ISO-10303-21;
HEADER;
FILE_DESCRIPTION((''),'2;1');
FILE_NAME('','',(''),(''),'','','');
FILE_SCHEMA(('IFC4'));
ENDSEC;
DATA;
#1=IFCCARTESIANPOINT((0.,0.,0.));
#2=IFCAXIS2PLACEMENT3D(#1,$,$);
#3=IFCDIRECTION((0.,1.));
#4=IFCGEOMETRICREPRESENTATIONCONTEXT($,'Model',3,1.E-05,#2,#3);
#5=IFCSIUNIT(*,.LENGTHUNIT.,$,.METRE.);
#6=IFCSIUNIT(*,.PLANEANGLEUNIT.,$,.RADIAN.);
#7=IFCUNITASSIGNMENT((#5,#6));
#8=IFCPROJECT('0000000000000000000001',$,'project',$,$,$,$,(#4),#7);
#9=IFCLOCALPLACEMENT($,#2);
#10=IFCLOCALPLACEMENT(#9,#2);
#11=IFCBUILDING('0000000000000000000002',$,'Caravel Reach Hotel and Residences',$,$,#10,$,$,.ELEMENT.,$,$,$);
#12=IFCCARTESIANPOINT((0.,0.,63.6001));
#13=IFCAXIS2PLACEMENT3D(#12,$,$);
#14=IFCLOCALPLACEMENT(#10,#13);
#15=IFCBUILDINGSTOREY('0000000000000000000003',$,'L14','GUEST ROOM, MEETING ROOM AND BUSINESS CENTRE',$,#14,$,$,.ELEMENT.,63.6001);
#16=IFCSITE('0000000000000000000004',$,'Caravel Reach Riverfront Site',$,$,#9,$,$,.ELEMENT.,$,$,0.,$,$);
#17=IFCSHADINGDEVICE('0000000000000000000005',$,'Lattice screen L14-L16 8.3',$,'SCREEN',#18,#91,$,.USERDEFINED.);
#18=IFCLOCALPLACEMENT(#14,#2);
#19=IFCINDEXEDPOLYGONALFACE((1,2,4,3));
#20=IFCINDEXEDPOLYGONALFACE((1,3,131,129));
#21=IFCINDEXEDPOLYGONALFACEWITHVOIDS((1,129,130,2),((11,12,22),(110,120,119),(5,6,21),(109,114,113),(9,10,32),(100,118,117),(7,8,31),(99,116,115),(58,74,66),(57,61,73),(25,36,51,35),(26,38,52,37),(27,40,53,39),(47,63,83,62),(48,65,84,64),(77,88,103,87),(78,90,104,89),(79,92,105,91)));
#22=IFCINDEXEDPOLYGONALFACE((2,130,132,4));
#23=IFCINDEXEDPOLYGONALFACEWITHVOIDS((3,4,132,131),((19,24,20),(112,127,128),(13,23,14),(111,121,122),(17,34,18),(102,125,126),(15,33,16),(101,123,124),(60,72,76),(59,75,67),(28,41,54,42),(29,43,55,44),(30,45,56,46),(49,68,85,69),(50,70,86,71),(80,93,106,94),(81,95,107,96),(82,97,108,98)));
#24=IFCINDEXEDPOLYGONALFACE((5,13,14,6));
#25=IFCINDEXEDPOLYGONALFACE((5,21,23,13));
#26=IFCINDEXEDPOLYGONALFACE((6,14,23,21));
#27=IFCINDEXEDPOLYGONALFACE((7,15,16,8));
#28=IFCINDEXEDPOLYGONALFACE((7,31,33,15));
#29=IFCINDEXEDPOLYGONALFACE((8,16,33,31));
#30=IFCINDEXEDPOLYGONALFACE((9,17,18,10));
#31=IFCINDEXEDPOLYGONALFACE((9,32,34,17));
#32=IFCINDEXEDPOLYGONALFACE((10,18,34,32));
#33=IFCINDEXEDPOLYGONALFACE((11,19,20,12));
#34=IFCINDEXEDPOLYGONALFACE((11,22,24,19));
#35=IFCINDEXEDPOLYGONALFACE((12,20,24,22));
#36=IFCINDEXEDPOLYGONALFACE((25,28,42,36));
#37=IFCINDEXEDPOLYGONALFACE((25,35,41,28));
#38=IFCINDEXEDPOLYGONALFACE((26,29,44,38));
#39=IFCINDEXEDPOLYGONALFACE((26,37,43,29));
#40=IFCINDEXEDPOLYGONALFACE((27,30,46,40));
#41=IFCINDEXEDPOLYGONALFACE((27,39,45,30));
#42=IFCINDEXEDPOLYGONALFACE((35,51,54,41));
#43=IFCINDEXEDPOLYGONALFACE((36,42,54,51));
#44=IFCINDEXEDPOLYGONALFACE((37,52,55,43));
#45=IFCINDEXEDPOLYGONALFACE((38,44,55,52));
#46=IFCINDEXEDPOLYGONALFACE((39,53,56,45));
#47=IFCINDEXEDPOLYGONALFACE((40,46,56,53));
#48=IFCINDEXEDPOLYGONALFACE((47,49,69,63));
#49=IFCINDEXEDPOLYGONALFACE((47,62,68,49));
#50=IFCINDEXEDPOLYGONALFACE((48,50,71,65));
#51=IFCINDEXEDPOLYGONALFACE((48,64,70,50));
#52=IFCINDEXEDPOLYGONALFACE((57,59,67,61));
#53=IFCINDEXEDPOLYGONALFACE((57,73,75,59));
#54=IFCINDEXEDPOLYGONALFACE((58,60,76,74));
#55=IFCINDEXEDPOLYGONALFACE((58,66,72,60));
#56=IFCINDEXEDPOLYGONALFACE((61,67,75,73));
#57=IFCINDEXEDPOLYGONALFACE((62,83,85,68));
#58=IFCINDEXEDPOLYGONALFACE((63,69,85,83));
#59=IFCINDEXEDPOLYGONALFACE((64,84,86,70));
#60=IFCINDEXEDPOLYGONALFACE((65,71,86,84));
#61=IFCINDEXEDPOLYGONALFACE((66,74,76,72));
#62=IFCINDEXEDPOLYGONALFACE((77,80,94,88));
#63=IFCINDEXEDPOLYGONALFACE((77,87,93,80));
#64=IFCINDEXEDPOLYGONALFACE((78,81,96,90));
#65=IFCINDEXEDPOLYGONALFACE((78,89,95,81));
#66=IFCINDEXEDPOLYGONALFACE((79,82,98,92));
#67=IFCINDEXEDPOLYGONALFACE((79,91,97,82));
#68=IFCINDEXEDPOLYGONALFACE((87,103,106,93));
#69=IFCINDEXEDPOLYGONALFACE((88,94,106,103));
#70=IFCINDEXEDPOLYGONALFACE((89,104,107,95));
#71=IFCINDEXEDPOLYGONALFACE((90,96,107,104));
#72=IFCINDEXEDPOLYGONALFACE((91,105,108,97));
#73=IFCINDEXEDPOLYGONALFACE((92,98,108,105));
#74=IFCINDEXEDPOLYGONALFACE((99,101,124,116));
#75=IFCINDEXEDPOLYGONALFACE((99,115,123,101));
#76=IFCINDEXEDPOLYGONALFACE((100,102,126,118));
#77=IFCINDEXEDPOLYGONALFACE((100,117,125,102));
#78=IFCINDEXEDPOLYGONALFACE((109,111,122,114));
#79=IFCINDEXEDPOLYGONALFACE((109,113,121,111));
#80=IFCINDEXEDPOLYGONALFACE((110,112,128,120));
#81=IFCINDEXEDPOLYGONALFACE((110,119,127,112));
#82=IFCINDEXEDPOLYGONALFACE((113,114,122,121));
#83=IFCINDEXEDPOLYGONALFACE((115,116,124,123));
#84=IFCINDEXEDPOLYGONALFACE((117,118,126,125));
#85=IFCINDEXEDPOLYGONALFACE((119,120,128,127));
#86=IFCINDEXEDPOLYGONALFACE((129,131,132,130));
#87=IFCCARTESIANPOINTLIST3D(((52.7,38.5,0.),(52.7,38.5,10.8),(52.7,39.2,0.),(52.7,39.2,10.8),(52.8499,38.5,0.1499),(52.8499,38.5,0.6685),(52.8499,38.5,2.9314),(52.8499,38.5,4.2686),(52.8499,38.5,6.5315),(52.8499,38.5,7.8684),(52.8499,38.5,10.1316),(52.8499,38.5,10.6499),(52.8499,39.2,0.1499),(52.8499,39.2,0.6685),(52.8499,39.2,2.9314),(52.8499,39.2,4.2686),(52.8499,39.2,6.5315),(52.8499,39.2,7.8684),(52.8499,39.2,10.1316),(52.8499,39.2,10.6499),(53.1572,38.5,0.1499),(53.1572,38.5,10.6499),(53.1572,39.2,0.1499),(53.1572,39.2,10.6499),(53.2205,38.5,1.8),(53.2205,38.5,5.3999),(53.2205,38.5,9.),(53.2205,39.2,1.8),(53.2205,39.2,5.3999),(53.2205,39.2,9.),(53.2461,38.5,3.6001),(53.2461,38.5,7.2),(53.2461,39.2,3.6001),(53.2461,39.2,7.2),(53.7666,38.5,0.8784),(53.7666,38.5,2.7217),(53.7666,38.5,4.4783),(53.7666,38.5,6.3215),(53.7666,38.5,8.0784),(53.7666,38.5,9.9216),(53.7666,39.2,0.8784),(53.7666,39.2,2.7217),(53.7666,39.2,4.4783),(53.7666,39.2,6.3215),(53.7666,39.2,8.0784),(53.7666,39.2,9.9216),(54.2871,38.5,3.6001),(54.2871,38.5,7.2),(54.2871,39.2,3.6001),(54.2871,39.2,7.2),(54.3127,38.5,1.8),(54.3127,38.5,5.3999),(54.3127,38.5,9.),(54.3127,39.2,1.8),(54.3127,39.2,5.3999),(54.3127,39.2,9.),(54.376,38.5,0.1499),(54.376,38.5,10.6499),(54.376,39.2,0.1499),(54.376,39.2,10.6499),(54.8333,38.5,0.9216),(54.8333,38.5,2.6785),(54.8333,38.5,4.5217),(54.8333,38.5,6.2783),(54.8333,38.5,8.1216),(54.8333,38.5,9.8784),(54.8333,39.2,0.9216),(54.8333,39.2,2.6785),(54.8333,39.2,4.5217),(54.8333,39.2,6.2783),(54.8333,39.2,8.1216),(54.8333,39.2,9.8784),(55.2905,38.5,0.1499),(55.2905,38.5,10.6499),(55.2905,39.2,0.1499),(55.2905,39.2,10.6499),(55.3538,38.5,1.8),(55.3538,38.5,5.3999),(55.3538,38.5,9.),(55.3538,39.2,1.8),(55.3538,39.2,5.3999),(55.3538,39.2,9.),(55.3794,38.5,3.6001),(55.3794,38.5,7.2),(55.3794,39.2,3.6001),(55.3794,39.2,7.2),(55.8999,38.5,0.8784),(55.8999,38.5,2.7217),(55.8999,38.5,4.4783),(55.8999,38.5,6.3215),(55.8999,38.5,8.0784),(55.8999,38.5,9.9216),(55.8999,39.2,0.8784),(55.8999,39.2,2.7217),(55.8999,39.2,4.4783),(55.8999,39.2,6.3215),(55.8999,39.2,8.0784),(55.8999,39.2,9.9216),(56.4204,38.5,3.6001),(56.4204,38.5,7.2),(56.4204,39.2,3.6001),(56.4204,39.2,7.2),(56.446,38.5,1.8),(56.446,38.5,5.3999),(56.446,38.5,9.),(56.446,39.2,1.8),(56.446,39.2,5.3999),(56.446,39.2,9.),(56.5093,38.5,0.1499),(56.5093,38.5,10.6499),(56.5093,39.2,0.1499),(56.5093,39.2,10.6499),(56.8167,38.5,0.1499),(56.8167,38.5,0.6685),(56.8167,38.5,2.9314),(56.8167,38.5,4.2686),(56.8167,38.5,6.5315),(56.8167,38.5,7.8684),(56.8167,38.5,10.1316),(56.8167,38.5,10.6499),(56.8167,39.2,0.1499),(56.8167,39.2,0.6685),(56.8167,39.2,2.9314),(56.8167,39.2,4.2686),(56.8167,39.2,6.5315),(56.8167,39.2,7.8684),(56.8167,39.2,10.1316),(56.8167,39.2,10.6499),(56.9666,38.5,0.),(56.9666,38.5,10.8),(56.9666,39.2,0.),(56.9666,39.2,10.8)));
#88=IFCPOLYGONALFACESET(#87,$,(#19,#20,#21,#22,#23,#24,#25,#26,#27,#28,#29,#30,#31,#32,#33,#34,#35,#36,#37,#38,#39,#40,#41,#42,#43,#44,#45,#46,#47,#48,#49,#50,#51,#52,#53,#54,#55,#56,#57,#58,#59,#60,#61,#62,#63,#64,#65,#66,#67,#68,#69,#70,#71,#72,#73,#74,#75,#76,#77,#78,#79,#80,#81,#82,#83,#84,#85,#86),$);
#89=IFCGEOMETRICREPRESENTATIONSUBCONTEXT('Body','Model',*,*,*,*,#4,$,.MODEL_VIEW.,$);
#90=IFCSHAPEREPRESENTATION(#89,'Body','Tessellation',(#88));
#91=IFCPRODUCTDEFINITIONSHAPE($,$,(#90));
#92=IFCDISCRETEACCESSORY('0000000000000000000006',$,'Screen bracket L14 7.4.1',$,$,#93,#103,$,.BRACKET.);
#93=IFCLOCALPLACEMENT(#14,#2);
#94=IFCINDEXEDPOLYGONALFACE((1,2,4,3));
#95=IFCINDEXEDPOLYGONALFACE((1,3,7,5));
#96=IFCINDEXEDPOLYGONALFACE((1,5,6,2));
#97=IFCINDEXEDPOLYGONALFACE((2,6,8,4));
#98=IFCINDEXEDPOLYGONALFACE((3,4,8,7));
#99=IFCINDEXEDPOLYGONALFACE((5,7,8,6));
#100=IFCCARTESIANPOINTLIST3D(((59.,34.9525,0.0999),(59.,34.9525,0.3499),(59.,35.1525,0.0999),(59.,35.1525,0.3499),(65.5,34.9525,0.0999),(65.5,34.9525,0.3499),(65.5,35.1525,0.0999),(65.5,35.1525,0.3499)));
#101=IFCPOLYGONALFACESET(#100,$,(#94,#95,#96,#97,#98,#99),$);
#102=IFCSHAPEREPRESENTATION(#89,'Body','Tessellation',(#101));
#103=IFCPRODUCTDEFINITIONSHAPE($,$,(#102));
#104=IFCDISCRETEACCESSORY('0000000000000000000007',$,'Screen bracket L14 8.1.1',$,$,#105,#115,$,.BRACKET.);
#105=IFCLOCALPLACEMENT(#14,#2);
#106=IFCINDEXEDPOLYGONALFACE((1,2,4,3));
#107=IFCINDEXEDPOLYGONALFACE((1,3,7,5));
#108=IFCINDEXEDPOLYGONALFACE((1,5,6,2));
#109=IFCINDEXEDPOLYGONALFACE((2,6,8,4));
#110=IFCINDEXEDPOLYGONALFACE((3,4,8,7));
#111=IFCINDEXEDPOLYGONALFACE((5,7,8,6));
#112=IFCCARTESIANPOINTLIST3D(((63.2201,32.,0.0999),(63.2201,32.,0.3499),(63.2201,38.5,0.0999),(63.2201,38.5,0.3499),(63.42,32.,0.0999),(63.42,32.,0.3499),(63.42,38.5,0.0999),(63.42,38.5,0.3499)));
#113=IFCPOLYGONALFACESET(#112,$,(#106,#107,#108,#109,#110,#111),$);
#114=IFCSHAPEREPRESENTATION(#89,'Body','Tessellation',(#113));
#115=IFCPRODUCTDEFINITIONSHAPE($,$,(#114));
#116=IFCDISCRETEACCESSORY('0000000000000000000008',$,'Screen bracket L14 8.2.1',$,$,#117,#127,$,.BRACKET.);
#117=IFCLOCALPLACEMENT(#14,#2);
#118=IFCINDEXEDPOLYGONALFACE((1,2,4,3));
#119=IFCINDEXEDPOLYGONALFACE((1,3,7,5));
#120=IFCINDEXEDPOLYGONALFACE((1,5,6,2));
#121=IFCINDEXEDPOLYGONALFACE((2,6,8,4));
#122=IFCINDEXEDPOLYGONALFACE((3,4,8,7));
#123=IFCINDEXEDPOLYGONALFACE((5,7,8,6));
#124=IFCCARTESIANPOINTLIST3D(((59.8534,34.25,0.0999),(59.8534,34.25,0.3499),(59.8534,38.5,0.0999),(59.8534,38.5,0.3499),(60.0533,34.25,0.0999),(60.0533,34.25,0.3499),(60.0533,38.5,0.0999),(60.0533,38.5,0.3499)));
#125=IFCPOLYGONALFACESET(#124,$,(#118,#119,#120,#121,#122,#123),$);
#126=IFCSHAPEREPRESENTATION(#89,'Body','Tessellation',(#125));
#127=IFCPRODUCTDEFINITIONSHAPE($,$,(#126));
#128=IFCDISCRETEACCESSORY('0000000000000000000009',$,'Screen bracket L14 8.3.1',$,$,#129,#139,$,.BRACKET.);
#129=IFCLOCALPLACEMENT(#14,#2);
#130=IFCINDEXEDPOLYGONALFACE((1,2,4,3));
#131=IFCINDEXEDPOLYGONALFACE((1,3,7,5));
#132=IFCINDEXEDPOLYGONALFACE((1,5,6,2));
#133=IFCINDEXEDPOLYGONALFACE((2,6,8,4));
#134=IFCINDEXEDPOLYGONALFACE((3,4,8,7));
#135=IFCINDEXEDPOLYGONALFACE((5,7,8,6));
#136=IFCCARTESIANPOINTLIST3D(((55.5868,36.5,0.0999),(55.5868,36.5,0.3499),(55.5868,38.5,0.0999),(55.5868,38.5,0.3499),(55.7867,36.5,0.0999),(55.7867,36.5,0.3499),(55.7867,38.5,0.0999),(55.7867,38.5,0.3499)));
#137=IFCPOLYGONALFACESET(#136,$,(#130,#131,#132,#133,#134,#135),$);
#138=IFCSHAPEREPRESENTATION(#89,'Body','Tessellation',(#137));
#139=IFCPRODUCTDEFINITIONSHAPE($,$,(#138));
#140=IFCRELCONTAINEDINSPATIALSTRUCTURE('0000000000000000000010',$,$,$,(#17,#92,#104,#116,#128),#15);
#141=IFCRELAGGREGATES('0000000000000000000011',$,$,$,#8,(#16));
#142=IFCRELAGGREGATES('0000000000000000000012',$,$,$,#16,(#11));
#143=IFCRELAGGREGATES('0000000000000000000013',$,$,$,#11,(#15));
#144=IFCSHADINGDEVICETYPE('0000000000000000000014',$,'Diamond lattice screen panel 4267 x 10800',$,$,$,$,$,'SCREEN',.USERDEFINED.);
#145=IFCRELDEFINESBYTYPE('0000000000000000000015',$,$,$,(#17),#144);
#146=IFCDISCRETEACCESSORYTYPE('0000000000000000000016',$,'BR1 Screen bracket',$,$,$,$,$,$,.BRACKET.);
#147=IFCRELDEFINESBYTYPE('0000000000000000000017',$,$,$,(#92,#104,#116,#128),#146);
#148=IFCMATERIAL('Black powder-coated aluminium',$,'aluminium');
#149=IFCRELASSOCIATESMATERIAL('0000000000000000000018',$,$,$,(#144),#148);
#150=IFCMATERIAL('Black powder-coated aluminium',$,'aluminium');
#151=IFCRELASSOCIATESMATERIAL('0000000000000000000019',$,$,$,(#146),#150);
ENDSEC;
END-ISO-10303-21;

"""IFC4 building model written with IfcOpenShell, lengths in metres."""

from ifc_helpers import new_model, si_unit, direction, frame, origin, origin_2d, place, context, subcontext, project, spatial, polyline, rectangle, outline, extrude, material, type_object, element, save


model = new_model("IFC4")

# Units and contexts
model_context = context("Model", 3, precision=1e-05, world=origin(), true_north=direction((0.0, 1.0)))
body_context = subcontext(model_context, "Body", "Model", "MODEL_VIEW")
ifc_project = project(units=[si_unit("LENGTHUNIT", "METRE"), si_unit("PLANEANGLEUNIT", "RADIAN")], contexts=[model_context])

# Site, building, storey
site_placement = place(None, origin())
site = spatial("IfcSite", under=ifc_project, at=site_placement, Name="Caravel Reach Riverfront Site", CompositionType="ELEMENT", RefElevation=0.0)
building_placement = place(site_placement, origin())
building = spatial("IfcBuilding", under=site, at=building_placement, Name="Caravel Reach Hotel and Residences", CompositionType="ELEMENT")
storey_placement = place(building_placement, frame((0.0, 0.0, 63.6001)))
storey = spatial("IfcBuildingStorey", under=building, at=storey_placement, Name="L14", Description="GUEST ROOM, MEETING ROOM AND BUSINESS CENTRE", CompositionType="ELEMENT", Elevation=63.6001)

# Shading device
ifc_material_1 = material(Name="Black powder-coated aluminium", Category="aluminium")
shading_device_type_1 = type_object("IfcShadingDeviceType", Name="Diamond lattice screen panel 4267 x 10800", ElementType="SCREEN", PredefinedType="USERDEFINED", material=ifc_material_1)
shading_device_1_placement = place(storey_placement, frame((56.9666, 38.5, 0.0), z_axis=(0.0, 1.0, 0.0), x_axis=(-1.0, 0.0, 0.0)))
element("IfcShadingDevice", 1, at=shading_device_1_placement, inside=storey, type_object=shading_device_type_1, Name="Lattice screen L14-L16 8.3", ObjectType="SCREEN", PredefinedType="USERDEFINED", context=body_context, shape_type="SweptSolid", body=[
    extrude(outline(polyline([(0.0, 0.0), (4.2666, 0.0), (4.2666, 10.8), (0.0, 10.8), (0.0, 0.0)]), holes=[polyline([(0.4573, 0.1499), (0.1499, 0.6685), (0.1499, 0.1499), (0.4573, 0.1499)]), polyline([(0.5461, 3.6001), (0.1499, 4.2686), (0.1499, 2.9314), (0.5461, 3.6001)]), polyline([(0.5461, 7.2), (0.1499, 7.8684), (0.1499, 6.5315), (0.5461, 7.2)]), polyline([(0.1499, 10.1316), (0.4573, 10.6499), (0.1499, 10.6499), (0.1499, 10.1316)]), polyline([(1.0667, 2.7217), (0.5205, 1.8), (1.0667, 0.8784), (1.6128, 1.8), (1.0667, 2.7217)]), polyline([(1.0667, 6.3215), (0.5205, 5.3999), (1.0667, 4.4783), (1.6128, 5.3999), (1.0667, 6.3215)]), polyline([(1.0667, 9.9216), (0.5205, 9.0), (1.0667, 8.0784), (1.6128, 9.0), (1.0667, 9.9216)]), polyline([(2.1333, 0.9216), (1.676, 0.1499), (2.5906, 0.1499), (2.1333, 0.9216)]), polyline([(2.1333, 4.5217), (1.5872, 3.6001), (2.1333, 2.6785), (2.6794, 3.6001), (2.1333, 4.5217)]), polyline([(2.1333, 8.1216), (1.5872, 7.2), (2.1333, 6.2783), (2.6794, 7.2), (2.1333, 8.1216)]), polyline([(2.1333, 9.8784), (2.5906, 10.6499), (1.676, 10.6499), (2.1333, 9.8784)]), polyline([(3.2, 2.7217), (2.6538, 1.8), (3.2, 0.8784), (3.7461, 1.8), (3.2, 2.7217)]), polyline([(3.2, 6.3215), (2.6538, 5.3999), (3.2, 4.4783), (3.7461, 5.3999), (3.2, 6.3215)]), polyline([(3.2, 9.9216), (2.6538, 9.0), (3.2, 8.0784), (3.7461, 9.0), (3.2, 9.9216)]), polyline([(4.1167, 0.6685), (3.8093, 0.1499), (4.1167, 0.1499), (4.1167, 0.6685)]), polyline([(3.7205, 3.6001), (4.1167, 2.9314), (4.1167, 4.2686), (3.7205, 3.6001)]), polyline([(3.7205, 7.2), (4.1167, 6.5315), (4.1167, 7.8684), (3.7205, 7.2)]), polyline([(3.8093, 10.6499), (4.1167, 10.1316), (4.1167, 10.6499), (3.8093, 10.6499)])]), origin(), (0.0, 0.0, 1.0), 0.7),
])

# Discrete accessories
ifc_material_2 = material(Name="Black powder-coated aluminium", Category="aluminium")
discrete_accessory_type = type_object("IfcDiscreteAccessoryType", Name="BR1 Screen bracket", PredefinedType="BRACKET", material=ifc_material_2)
for number, where, z_axis, x_axis, name in (
    (2, (62.25, 35.0525, 0.0999), (0.0, 0.0, 1.0), (1.0, 0.0, 0.0), "Screen bracket L14 7.4.1"),
    (3, (63.3201, 35.25, 0.0999), (0.0, 0.0, 1.0), (0.0, 1.0, 0.0), "Screen bracket L14 8.1.1"),
):
    element("IfcDiscreteAccessory", number, at=place(storey_placement, frame(where, z_axis=z_axis, x_axis=x_axis)), inside=storey, type_object=discrete_accessory_type, Name=name, PredefinedType="BRACKET", context=body_context, shape_type="SweptSolid", body=[
        extrude(rectangle(XDim=6.5, YDim=0.2, at=origin_2d()), origin(), (0.0, 0.0, 1.0), 0.25),
    ])
discrete_accessory_1_placement = place(storey_placement, frame((59.9534, 36.375, 0.0999), z_axis=(0.0, 0.0, 1.0), x_axis=(0.0, 1.0, 0.0)))
element("IfcDiscreteAccessory", 4, at=discrete_accessory_1_placement, inside=storey, type_object=discrete_accessory_type, Name="Screen bracket L14 8.2.1", PredefinedType="BRACKET", context=body_context, shape_type="SweptSolid", body=[
    extrude(rectangle(XDim=4.25, YDim=0.2, at=origin_2d()), origin(), (0.0, 0.0, 1.0), 0.25),
])
discrete_accessory_2_placement = place(storey_placement, frame((55.6868, 37.5, 0.0999), z_axis=(0.0, 0.0, 1.0), x_axis=(0.0, 1.0, 0.0)))
element("IfcDiscreteAccessory", 5, at=discrete_accessory_2_placement, inside=storey, type_object=discrete_accessory_type, Name="Screen bracket L14 8.3.1", PredefinedType="BRACKET", context=body_context, shape_type="SweptSolid", body=[
    extrude(rectangle(XDim=2.0, YDim=0.2, at=origin_2d()), origin(), (0.0, 0.0, 1.0), 0.25),
])

save(model, "model.ifc")
